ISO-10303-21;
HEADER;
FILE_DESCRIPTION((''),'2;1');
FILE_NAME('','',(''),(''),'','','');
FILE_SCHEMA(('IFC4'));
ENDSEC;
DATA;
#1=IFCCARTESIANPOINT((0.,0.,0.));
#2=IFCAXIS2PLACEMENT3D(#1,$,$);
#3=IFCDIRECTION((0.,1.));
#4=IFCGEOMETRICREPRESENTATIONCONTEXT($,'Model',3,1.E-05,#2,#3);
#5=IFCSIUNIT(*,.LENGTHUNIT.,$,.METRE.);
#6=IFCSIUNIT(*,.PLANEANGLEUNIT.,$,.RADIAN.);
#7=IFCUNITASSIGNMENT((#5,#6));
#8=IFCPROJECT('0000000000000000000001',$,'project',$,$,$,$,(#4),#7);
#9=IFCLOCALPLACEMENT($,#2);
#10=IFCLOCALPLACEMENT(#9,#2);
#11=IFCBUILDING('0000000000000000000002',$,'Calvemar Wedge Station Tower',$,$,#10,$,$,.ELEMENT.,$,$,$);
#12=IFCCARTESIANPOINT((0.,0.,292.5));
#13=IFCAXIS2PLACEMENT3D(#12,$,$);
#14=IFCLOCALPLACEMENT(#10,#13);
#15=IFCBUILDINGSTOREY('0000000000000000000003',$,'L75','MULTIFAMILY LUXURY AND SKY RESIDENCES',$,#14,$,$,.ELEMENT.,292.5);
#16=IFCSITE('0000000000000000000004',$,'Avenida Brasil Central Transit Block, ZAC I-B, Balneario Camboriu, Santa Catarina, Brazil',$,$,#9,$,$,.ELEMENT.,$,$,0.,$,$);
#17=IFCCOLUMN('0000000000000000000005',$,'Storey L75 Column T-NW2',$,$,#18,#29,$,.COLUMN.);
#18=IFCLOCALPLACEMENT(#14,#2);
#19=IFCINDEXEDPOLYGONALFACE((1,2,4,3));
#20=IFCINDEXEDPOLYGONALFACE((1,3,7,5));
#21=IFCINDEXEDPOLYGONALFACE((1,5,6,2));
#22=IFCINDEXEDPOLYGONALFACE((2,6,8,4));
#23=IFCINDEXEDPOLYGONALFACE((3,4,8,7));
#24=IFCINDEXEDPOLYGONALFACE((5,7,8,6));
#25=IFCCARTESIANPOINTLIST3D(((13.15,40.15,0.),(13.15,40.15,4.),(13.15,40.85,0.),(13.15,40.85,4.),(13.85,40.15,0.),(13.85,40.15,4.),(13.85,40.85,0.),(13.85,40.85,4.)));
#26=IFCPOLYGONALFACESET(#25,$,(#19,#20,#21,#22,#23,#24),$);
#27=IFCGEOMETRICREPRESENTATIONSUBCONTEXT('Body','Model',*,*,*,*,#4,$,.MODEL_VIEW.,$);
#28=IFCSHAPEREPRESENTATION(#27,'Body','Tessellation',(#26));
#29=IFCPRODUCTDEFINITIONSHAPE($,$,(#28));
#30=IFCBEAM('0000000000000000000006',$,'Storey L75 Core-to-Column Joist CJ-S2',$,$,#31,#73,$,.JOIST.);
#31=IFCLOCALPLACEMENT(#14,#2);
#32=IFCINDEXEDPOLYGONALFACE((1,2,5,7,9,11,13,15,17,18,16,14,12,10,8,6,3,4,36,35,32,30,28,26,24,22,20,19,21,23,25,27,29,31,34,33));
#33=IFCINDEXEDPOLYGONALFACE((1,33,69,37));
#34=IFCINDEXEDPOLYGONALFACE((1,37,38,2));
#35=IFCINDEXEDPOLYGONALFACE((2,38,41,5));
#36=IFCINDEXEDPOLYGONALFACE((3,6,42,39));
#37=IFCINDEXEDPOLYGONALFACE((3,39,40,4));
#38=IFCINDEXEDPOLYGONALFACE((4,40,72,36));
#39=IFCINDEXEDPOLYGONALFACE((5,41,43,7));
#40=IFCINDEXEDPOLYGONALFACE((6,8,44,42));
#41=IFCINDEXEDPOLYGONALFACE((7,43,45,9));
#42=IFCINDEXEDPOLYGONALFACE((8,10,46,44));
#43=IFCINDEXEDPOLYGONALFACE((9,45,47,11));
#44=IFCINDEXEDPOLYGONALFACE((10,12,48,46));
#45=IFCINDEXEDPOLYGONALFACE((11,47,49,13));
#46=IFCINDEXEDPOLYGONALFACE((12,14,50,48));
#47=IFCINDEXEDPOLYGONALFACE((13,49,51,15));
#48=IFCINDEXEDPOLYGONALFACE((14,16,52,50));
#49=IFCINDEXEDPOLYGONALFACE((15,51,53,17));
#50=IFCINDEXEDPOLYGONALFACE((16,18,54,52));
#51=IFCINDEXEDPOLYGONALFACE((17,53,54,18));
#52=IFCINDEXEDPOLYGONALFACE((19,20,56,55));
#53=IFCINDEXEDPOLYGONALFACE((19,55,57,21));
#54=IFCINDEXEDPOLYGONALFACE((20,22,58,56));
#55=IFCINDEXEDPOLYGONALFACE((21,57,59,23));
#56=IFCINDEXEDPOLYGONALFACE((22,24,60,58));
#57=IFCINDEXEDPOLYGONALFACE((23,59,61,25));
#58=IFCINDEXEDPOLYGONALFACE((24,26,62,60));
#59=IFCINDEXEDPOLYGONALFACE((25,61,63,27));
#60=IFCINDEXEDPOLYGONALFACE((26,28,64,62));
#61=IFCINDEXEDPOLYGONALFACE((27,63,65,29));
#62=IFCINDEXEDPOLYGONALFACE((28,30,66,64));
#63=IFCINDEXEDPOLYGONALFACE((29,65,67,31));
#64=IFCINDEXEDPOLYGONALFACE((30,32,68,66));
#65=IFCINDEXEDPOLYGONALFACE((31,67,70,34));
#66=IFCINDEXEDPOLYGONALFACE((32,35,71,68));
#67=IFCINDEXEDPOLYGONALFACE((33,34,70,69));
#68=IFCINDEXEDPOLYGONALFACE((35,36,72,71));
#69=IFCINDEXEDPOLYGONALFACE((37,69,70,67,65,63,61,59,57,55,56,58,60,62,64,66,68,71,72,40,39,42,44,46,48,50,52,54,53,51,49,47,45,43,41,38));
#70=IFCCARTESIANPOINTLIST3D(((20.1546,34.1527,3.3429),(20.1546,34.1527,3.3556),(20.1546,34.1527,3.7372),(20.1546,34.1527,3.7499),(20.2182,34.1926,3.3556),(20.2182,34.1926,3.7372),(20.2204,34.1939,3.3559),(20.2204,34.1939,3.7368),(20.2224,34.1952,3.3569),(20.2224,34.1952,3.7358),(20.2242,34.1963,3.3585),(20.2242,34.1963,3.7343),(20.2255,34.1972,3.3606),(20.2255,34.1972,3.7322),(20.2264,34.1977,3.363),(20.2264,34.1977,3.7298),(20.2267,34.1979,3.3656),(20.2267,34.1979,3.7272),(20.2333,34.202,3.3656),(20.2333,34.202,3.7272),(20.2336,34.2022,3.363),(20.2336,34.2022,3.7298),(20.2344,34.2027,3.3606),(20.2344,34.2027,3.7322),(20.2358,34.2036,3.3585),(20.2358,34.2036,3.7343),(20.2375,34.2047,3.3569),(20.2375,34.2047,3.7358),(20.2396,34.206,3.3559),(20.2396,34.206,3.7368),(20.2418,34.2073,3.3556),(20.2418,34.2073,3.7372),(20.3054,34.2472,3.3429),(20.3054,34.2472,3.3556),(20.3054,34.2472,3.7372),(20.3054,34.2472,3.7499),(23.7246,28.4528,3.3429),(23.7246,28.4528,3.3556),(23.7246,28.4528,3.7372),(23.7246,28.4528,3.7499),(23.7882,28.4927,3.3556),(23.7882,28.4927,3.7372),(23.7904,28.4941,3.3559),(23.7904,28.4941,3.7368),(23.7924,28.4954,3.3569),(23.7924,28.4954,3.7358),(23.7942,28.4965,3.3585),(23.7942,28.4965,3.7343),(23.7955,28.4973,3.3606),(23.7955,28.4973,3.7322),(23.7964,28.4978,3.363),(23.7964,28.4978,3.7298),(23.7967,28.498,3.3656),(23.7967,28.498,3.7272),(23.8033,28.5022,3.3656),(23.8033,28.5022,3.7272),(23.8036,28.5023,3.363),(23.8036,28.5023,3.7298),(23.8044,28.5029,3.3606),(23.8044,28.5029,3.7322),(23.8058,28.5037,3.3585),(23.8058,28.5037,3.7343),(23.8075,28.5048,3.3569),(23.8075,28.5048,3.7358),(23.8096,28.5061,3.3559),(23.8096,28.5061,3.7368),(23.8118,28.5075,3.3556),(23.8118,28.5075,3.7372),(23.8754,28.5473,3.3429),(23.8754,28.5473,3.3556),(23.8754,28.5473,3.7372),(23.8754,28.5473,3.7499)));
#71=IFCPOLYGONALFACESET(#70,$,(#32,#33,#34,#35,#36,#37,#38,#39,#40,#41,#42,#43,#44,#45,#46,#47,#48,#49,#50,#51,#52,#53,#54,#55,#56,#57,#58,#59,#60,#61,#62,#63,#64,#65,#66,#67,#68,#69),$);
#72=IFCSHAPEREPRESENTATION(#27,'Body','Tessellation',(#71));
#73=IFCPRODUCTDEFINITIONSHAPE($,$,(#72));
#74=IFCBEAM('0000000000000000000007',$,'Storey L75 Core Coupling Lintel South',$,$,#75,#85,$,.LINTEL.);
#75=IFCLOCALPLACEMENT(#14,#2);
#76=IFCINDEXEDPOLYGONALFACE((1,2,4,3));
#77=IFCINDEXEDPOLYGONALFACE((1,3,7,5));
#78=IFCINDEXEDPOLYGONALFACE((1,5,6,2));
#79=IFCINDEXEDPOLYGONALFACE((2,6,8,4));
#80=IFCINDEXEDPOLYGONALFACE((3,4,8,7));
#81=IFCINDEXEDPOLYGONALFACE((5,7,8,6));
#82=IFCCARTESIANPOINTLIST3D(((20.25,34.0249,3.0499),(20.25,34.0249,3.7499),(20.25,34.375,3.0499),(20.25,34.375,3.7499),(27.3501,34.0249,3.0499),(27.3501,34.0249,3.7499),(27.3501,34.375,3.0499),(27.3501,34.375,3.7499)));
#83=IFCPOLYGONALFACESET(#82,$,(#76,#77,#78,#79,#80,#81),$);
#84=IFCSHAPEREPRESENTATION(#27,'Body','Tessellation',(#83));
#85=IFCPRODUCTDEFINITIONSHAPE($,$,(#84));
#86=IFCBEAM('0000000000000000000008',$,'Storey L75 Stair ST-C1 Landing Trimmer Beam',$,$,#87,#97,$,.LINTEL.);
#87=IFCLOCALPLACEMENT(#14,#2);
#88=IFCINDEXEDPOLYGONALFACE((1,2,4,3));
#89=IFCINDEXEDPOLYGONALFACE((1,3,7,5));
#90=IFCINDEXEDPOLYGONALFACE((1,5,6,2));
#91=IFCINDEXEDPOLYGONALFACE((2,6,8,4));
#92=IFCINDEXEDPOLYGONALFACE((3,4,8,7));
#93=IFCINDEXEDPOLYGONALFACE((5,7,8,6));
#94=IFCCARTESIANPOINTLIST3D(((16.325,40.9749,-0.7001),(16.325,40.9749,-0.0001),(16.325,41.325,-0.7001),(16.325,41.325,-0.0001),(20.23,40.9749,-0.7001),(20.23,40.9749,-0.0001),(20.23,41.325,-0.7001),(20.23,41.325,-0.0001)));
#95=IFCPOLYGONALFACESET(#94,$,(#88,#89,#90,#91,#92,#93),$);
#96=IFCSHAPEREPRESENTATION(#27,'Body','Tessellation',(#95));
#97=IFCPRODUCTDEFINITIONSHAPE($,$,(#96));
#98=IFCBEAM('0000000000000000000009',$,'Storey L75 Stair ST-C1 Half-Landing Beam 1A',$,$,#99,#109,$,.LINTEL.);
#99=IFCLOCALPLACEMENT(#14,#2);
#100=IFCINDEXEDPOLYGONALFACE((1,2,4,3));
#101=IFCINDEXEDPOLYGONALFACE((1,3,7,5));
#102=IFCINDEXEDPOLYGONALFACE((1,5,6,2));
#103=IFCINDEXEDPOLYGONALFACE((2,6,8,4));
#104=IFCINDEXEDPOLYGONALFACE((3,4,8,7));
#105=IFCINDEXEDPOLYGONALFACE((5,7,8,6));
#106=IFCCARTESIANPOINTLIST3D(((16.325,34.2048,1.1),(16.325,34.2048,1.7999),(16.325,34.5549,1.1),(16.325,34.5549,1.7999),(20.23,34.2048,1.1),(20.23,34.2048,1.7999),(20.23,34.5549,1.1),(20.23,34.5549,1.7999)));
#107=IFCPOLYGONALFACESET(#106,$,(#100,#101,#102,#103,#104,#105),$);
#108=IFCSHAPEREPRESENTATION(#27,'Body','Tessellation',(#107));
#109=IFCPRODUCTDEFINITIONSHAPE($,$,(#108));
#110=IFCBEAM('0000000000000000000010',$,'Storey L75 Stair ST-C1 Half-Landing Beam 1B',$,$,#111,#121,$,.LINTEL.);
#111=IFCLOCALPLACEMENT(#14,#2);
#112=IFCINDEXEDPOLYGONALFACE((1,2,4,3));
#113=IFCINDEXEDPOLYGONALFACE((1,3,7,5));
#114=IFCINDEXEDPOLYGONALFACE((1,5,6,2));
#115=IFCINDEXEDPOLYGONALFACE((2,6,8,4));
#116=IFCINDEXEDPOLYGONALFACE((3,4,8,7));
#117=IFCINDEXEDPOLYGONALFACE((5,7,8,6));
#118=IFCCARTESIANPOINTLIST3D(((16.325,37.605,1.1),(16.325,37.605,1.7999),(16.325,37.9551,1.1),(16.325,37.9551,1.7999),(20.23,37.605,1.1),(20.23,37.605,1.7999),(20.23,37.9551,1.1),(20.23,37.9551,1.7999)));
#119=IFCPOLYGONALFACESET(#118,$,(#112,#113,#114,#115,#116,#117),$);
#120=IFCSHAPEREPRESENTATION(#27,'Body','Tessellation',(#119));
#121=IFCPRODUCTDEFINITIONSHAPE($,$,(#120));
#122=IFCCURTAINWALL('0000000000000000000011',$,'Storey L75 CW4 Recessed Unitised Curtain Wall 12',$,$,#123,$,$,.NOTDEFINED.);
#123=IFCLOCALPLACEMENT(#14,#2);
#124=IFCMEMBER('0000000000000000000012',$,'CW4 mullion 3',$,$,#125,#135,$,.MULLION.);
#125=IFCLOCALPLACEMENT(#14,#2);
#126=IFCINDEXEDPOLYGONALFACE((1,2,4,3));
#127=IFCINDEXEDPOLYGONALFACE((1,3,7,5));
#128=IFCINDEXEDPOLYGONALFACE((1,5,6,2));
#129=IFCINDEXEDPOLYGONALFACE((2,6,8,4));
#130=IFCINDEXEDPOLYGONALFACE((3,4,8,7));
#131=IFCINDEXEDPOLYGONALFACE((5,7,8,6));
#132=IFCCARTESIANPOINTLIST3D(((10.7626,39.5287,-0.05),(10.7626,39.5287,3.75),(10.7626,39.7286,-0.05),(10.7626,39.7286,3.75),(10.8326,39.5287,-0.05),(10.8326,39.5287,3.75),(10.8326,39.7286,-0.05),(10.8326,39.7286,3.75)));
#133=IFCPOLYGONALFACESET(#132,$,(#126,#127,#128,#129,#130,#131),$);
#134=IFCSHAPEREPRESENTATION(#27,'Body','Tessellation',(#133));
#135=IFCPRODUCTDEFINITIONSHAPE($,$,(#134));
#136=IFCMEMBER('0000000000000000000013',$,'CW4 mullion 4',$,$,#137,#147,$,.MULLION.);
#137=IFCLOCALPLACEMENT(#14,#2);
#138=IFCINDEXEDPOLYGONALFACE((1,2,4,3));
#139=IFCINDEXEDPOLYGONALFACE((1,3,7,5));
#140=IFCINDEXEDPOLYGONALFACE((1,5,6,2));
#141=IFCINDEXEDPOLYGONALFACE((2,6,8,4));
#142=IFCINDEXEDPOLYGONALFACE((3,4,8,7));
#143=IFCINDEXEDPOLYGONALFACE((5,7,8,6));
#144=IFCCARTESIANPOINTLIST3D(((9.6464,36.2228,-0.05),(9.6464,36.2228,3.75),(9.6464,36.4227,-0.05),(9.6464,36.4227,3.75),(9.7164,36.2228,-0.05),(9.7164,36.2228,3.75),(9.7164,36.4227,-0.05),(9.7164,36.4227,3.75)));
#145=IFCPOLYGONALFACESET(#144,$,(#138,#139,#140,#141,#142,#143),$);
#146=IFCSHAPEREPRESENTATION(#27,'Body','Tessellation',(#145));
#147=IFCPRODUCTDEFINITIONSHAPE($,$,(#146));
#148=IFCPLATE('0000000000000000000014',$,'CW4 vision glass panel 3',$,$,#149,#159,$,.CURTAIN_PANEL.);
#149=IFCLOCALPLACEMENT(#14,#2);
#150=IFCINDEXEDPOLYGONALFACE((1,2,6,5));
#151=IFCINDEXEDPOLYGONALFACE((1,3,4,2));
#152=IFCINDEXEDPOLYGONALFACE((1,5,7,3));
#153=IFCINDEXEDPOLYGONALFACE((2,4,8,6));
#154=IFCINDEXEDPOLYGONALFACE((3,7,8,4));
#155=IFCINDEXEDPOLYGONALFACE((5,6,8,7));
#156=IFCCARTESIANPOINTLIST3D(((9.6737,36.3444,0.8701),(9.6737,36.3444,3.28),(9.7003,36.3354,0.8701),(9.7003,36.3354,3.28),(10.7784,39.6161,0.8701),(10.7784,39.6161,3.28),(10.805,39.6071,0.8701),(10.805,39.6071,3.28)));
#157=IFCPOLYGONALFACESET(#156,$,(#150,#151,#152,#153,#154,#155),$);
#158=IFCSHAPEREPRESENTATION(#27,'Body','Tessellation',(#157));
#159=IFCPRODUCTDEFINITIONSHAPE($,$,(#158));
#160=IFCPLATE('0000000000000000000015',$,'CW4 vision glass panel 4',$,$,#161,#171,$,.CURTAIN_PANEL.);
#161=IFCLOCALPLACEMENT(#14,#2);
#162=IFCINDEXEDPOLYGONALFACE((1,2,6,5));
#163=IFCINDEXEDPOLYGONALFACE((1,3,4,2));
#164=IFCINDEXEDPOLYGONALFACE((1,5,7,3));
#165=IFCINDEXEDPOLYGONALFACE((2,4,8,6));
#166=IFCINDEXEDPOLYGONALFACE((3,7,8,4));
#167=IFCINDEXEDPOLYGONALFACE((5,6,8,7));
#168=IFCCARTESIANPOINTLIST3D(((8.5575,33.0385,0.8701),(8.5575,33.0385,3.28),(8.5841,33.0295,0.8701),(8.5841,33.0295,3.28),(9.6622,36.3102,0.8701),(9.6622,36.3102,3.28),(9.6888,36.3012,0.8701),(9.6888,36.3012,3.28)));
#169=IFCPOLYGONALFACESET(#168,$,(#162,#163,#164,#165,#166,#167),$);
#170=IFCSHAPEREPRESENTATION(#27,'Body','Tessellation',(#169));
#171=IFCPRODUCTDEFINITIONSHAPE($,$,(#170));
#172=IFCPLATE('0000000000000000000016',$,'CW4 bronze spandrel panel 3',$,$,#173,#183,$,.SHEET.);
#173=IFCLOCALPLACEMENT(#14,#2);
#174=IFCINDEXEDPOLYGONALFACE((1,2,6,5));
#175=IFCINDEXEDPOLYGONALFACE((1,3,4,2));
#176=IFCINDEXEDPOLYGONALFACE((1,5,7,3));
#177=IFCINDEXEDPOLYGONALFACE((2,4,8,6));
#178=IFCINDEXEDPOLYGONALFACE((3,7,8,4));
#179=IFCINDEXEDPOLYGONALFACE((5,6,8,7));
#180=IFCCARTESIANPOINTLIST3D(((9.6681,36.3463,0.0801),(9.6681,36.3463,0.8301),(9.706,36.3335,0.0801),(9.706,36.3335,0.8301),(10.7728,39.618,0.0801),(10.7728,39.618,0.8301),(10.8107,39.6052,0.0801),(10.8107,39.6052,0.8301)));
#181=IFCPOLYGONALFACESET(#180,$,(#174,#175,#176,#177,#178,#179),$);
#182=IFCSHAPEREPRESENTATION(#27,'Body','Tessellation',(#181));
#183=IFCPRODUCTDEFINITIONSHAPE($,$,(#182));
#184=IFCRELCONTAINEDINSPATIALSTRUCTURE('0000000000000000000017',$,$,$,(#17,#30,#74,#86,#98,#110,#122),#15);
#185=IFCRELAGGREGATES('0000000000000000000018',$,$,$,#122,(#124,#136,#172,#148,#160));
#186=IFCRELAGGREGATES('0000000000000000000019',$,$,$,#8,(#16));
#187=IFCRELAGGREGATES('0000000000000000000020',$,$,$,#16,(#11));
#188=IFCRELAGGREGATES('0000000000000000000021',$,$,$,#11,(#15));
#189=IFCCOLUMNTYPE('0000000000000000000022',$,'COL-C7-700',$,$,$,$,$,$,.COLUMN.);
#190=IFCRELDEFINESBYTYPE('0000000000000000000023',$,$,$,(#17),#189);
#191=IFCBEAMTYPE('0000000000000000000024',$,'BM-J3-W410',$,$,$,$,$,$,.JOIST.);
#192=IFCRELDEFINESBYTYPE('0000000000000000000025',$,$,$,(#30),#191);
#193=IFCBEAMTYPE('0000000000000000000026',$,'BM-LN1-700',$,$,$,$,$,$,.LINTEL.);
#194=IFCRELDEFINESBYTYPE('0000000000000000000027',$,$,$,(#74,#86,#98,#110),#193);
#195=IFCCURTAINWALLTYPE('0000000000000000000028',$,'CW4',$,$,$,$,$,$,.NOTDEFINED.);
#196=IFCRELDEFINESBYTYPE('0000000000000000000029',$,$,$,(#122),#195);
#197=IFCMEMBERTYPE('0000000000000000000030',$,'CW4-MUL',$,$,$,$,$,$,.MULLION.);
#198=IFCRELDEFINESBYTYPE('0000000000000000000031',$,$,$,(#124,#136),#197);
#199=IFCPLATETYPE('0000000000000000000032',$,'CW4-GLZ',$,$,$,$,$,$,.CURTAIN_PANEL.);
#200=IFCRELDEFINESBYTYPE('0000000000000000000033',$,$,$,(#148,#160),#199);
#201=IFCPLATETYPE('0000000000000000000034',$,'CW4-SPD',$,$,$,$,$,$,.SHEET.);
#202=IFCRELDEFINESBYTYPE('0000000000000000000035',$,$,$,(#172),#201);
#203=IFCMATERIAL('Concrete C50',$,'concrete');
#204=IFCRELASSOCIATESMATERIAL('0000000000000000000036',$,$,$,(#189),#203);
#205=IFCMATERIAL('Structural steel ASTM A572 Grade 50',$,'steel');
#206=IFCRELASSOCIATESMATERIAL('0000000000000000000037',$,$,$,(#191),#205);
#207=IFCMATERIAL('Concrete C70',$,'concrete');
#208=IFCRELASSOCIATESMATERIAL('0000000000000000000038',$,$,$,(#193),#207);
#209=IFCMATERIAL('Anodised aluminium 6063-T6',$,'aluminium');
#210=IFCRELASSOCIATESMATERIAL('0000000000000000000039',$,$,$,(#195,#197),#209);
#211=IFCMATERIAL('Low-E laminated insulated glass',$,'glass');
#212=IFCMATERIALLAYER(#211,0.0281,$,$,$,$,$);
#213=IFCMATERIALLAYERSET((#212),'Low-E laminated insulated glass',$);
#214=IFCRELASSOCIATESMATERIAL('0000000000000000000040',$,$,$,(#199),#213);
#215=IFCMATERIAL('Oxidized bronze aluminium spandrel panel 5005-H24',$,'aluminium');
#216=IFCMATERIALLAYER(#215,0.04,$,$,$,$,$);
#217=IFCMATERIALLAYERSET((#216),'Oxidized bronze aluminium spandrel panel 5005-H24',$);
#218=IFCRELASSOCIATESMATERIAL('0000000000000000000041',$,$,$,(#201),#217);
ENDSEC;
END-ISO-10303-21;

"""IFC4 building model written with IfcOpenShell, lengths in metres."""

from ifc_helpers import new_model, si_unit, direction, frame, frame_2d, origin, origin_2d, place, context, subcontext, project, spatial, rectangle, i_section, extrude, source, transform, mapped, material, layer, layer_set, material_profile, profile_set, type_object, element, aggregate, save


model = new_model("IFC4")

# Units and contexts
model_context = context("Model", 3, precision=1e-05, world=origin(), true_north=direction((0.0, 1.0)))
body_context = subcontext(model_context, "Body", "Model", "MODEL_VIEW")
ifc_project = project(units=[si_unit("LENGTHUNIT", "METRE"), si_unit("PLANEANGLEUNIT", "RADIAN")], contexts=[model_context])

# Site, building, storey
site_placement = place(None, origin())
site = spatial("IfcSite", under=ifc_project, at=site_placement, Name="Avenida Brasil Central Transit Block, ZAC I-B, Balneario Camboriu, Santa Catarina, Brazil", CompositionType="ELEMENT", RefElevation=0.0)
building_placement = place(site_placement, origin())
building = spatial("IfcBuilding", under=site, at=building_placement, Name="Calvemar Wedge Station Tower", CompositionType="ELEMENT")
storey_placement = place(building_placement, frame((0.0, 0.0, 292.5)))
storey = spatial("IfcBuildingStorey", under=building, at=storey_placement, Name="L75", Description="MULTIFAMILY LUXURY AND SKY RESIDENCES", CompositionType="ELEMENT", Elevation=292.5)

# Column
ifc_material_1 = material(Name="Concrete C50", Category="concrete")
ifc_material_profile_1 = material_profile(ifc_material_1, rectangle(XDim=0.7, YDim=0.7, at=origin_2d()), Name="RC700x700")
ifc_profile_set_1 = profile_set([ifc_material_profile_1], Name="Concrete C50")
column_type = type_object("IfcColumnType", Name="COL-C7-700", PredefinedType="COLUMN", material=ifc_profile_set_1)
shared_shape_1 = source(origin(), body_context, "Body", "SweptSolid", [
    extrude(rectangle(XDim=0.7, YDim=0.7, at=origin_2d()), origin(), (0.0, 0.0, 1.0), 4.0),
])
column_placement = place(storey_placement, frame((13.5, 40.5, 0.0), z_axis=(0.0, 0.0, 1.0), x_axis=(1.0, 0.0, 0.0)))
element("IfcColumn", 1, at=column_placement, inside=storey, type_object=column_type, Name="Storey L75 Column T-NW2", PredefinedType="COLUMN", context=body_context, shape_type="MappedRepresentation", body=[
    mapped(shared_shape_1, transform((0.0, 0.0, 0.0), scale=1.0)),
])

# Beams
ifc_material_2 = material(Name="Structural steel ASTM A572 Grade 50", Category="steel")
ifc_material_profile_2 = material_profile(ifc_material_2, i_section(OverallWidth=0.178, OverallDepth=0.407, WebThickness=0.0078, FlangeThickness=0.0127, FilletRadius=0.01, at=origin_2d()), Name="W410x60")
ifc_profile_set_2 = profile_set([ifc_material_profile_2], Name="Structural steel ASTM A572 Grade 50")
beam_type_1 = type_object("IfcBeamType", Name="BM-J3-W410", PredefinedType="JOIST", material=ifc_profile_set_2)
shared_shape_2 = source(origin(), body_context, "Body", "SweptSolid", [
    extrude(i_section(OverallWidth=0.178, OverallDepth=0.407, WebThickness=0.0078, FlangeThickness=0.0127, FilletRadius=0.01, at=origin_2d()), origin(), (0.0, 0.0, 1.0), 6.7256),
])
beam_1_placement = place(storey_placement, frame((20.23, 34.2, 3.5464), z_axis=(0.530811, -0.84749, 0.0), x_axis=(0.84749, 0.530811, 0.0)))
element("IfcBeam", 2, at=beam_1_placement, inside=storey, type_object=beam_type_1, Name="Storey L75 Core-to-Column Joist CJ-S2", PredefinedType="JOIST", context=body_context, shape_type="MappedRepresentation", body=[
    mapped(shared_shape_2, transform((0.0, 0.0, 0.0), scale=1.0)),
])
ifc_material_3 = material(Name="Concrete C70", Category="concrete")
ifc_material_profile_3 = material_profile(ifc_material_3, rectangle(XDim=0.3501, YDim=0.7, at=origin_2d()), Name="RC350x700")
ifc_profile_set_3 = profile_set([ifc_material_profile_3], Name="Concrete C70")
beam_type_2 = type_object("IfcBeamType", Name="BM-LN1-700", PredefinedType="LINTEL", material=ifc_profile_set_3)
shared_shape_3 = source(origin(), body_context, "Body", "SweptSolid", [
    extrude(rectangle(XDim=0.3501, YDim=0.7, at=origin_2d()), origin(), (0.0, 0.0, 1.0), 7.1001),
])
beam_2_placement = place(storey_placement, frame((20.25, 34.2, 3.3999), z_axis=(1.0, 0.0, 0.0), x_axis=(0.0, 1.0, 0.0)))
element("IfcBeam", 3, at=beam_2_placement, inside=storey, type_object=beam_type_2, Name="Storey L75 Core Coupling Lintel South", PredefinedType="LINTEL", context=body_context, shape_type="MappedRepresentation", body=[
    mapped(shared_shape_3, transform((0.0, 0.0, 0.0), scale=1.0)),
])
shared_shape_4 = source(origin(), body_context, "Body", "SweptSolid", [
    extrude(rectangle(XDim=0.3501, YDim=0.7, at=origin_2d()), origin(), (0.0, 0.0, 1.0), 3.905),
])
for number, where, z_axis, x_axis, name in (
    (4, (16.325, 41.1499, -0.3501), (1.0, 0.0, 0.0), (0.0, 1.0, 0.0), "Storey L75 Stair ST-C1 Landing Trimmer Beam"),
    (5, (16.325, 34.3799, 1.45), (1.0, 0.0, 0.0), (0.0, 1.0, 0.0), "Storey L75 Stair ST-C1 Half-Landing Beam 1A"),
    (6, (16.325, 37.78, 1.45), (1.0, 0.0, 0.0), (0.0, 1.0, 0.0), "Storey L75 Stair ST-C1 Half-Landing Beam 1B"),
):
    element("IfcBeam", number, at=place(storey_placement, frame(where, z_axis=z_axis, x_axis=x_axis)), inside=storey, type_object=beam_type_2, Name=name, PredefinedType="LINTEL", context=body_context, shape_type="MappedRepresentation", body=[
        mapped(shared_shape_4, transform((0.0, 0.0, 0.0), scale=1.0)),
    ])

# Curtain wall, members, plates
ifc_material_4 = material(Name="Anodised aluminium 6063-T6", Category="aluminium")
curtain_wall_type = type_object("IfcCurtainWallType", Name="CW4", PredefinedType="NOTDEFINED", material=ifc_material_4)
curtain_wall_placement = place(storey_placement, origin())
curtain_wall = element("IfcCurtainWall", 7, at=curtain_wall_placement, inside=storey, type_object=curtain_wall_type, Name="Storey L75 CW4 Recessed Unitised Curtain Wall 12", PredefinedType="NOTDEFINED")
ifc_material_profile_4 = material_profile(ifc_material_4, rectangle(XDim=0.0701, YDim=0.2, at=origin_2d()), Name="AL-MUL-70x200")
ifc_profile_set_4 = profile_set([ifc_material_profile_4], Name="Anodised aluminium 6063-T6")
member_type = type_object("IfcMemberType", Name="CW4-MUL", PredefinedType="MULLION", material=ifc_profile_set_4)
shared_shape_5 = source(origin(), body_context, "Body", "SweptSolid", [
    extrude(rectangle(XDim=0.0701, YDim=0.2, at=origin_2d()), origin(), (0.0, 0.0, 1.0), 3.8),
])
member_1_placement = place(storey_placement, frame((10.7976, 39.6287, -0.05), z_axis=(0.0, 0.0, 1.0), x_axis=(1.0, 0.0, 0.0)))
member_1 = element("IfcMember", 8, at=member_1_placement, type_object=member_type, Name="CW4 mullion 3", PredefinedType="MULLION", context=body_context, shape_type="MappedRepresentation", body=[
    mapped(shared_shape_5, transform((0.0, 0.0, 0.0), scale=1.0)),
])
member_2_placement = place(storey_placement, frame((9.6814, 36.3228, -0.05), z_axis=(0.0, 0.0, 1.0), x_axis=(1.0, 0.0, 0.0)))
member_2 = element("IfcMember", 9, at=member_2_placement, type_object=member_type, Name="CW4 mullion 4", PredefinedType="MULLION", context=body_context, shape_type="MappedRepresentation", body=[
    mapped(shared_shape_5, transform((0.0, 0.0, 0.0), scale=1.0)),
])
ifc_material_5 = material(Name="Low-E laminated insulated glass", Category="glass")
ifc_layer_1 = layer(ifc_material_5, 0.0281)
ifc_layer_set_1 = layer_set([ifc_layer_1], Name="Low-E laminated insulated glass")
plate_type_1 = type_object("IfcPlateType", Name="CW4-GLZ", PredefinedType="CURTAIN_PANEL", material=ifc_layer_set_1)
plate_1_placement = place(storey_placement, frame((10.7917, 39.6116, 0.8701), z_axis=(0.0, 0.0, 1.0), x_axis=(-0.319916, -0.947446, 0.0)))
plate_1 = element("IfcPlate", 10, at=plate_1_placement, type_object=plate_type_1, Name="CW4 vision glass panel 3", PredefinedType="CURTAIN_PANEL", context=body_context, shape_type="SweptSolid", body=[
    extrude(rectangle(XDim=3.4531, YDim=0.0281, at=frame_2d((1.7266, 0.0))), origin(), (0.0, 0.0, 1.0), 2.4099),
])
plate_2_placement = place(storey_placement, frame((9.6755, 36.3057, 0.8701), z_axis=(0.0, 0.0, 1.0), x_axis=(-0.319916, -0.947446, 0.0)))
plate_2 = element("IfcPlate", 11, at=plate_2_placement, type_object=plate_type_1, Name="CW4 vision glass panel 4", PredefinedType="CURTAIN_PANEL", context=body_context, shape_type="SweptSolid", body=[
    extrude(rectangle(XDim=3.4531, YDim=0.0281, at=frame_2d((1.7266, 0.0))), origin(), (0.0, 0.0, 1.0), 2.4099),
])
ifc_material_6 = material(Name="Oxidized bronze aluminium spandrel panel 5005-H24", Category="aluminium")
ifc_layer_2 = layer(ifc_material_6, 0.04)
ifc_layer_set_2 = layer_set([ifc_layer_2], Name="Oxidized bronze aluminium spandrel panel 5005-H24")
plate_type_2 = type_object("IfcPlateType", Name="CW4-SPD", PredefinedType="SHEET", material=ifc_layer_set_2)
plate_3_placement = place(storey_placement, frame((10.7917, 39.6116, 0.0801), z_axis=(0.0, 0.0, 1.0), x_axis=(-0.319916, -0.947446, 0.0)))
plate_3 = element("IfcPlate", 12, at=plate_3_placement, type_object=plate_type_2, Name="CW4 bronze spandrel panel 3", PredefinedType="SHEET", context=body_context, shape_type="SweptSolid", body=[
    extrude(rectangle(XDim=3.4531, YDim=0.04, at=frame_2d((1.7266, 0.0))), origin(), (0.0, 0.0, 1.0), 0.75),
])
aggregate(curtain_wall, [member_1, member_2, plate_3, plate_1, plate_2])

save(model, "model.ifc")
